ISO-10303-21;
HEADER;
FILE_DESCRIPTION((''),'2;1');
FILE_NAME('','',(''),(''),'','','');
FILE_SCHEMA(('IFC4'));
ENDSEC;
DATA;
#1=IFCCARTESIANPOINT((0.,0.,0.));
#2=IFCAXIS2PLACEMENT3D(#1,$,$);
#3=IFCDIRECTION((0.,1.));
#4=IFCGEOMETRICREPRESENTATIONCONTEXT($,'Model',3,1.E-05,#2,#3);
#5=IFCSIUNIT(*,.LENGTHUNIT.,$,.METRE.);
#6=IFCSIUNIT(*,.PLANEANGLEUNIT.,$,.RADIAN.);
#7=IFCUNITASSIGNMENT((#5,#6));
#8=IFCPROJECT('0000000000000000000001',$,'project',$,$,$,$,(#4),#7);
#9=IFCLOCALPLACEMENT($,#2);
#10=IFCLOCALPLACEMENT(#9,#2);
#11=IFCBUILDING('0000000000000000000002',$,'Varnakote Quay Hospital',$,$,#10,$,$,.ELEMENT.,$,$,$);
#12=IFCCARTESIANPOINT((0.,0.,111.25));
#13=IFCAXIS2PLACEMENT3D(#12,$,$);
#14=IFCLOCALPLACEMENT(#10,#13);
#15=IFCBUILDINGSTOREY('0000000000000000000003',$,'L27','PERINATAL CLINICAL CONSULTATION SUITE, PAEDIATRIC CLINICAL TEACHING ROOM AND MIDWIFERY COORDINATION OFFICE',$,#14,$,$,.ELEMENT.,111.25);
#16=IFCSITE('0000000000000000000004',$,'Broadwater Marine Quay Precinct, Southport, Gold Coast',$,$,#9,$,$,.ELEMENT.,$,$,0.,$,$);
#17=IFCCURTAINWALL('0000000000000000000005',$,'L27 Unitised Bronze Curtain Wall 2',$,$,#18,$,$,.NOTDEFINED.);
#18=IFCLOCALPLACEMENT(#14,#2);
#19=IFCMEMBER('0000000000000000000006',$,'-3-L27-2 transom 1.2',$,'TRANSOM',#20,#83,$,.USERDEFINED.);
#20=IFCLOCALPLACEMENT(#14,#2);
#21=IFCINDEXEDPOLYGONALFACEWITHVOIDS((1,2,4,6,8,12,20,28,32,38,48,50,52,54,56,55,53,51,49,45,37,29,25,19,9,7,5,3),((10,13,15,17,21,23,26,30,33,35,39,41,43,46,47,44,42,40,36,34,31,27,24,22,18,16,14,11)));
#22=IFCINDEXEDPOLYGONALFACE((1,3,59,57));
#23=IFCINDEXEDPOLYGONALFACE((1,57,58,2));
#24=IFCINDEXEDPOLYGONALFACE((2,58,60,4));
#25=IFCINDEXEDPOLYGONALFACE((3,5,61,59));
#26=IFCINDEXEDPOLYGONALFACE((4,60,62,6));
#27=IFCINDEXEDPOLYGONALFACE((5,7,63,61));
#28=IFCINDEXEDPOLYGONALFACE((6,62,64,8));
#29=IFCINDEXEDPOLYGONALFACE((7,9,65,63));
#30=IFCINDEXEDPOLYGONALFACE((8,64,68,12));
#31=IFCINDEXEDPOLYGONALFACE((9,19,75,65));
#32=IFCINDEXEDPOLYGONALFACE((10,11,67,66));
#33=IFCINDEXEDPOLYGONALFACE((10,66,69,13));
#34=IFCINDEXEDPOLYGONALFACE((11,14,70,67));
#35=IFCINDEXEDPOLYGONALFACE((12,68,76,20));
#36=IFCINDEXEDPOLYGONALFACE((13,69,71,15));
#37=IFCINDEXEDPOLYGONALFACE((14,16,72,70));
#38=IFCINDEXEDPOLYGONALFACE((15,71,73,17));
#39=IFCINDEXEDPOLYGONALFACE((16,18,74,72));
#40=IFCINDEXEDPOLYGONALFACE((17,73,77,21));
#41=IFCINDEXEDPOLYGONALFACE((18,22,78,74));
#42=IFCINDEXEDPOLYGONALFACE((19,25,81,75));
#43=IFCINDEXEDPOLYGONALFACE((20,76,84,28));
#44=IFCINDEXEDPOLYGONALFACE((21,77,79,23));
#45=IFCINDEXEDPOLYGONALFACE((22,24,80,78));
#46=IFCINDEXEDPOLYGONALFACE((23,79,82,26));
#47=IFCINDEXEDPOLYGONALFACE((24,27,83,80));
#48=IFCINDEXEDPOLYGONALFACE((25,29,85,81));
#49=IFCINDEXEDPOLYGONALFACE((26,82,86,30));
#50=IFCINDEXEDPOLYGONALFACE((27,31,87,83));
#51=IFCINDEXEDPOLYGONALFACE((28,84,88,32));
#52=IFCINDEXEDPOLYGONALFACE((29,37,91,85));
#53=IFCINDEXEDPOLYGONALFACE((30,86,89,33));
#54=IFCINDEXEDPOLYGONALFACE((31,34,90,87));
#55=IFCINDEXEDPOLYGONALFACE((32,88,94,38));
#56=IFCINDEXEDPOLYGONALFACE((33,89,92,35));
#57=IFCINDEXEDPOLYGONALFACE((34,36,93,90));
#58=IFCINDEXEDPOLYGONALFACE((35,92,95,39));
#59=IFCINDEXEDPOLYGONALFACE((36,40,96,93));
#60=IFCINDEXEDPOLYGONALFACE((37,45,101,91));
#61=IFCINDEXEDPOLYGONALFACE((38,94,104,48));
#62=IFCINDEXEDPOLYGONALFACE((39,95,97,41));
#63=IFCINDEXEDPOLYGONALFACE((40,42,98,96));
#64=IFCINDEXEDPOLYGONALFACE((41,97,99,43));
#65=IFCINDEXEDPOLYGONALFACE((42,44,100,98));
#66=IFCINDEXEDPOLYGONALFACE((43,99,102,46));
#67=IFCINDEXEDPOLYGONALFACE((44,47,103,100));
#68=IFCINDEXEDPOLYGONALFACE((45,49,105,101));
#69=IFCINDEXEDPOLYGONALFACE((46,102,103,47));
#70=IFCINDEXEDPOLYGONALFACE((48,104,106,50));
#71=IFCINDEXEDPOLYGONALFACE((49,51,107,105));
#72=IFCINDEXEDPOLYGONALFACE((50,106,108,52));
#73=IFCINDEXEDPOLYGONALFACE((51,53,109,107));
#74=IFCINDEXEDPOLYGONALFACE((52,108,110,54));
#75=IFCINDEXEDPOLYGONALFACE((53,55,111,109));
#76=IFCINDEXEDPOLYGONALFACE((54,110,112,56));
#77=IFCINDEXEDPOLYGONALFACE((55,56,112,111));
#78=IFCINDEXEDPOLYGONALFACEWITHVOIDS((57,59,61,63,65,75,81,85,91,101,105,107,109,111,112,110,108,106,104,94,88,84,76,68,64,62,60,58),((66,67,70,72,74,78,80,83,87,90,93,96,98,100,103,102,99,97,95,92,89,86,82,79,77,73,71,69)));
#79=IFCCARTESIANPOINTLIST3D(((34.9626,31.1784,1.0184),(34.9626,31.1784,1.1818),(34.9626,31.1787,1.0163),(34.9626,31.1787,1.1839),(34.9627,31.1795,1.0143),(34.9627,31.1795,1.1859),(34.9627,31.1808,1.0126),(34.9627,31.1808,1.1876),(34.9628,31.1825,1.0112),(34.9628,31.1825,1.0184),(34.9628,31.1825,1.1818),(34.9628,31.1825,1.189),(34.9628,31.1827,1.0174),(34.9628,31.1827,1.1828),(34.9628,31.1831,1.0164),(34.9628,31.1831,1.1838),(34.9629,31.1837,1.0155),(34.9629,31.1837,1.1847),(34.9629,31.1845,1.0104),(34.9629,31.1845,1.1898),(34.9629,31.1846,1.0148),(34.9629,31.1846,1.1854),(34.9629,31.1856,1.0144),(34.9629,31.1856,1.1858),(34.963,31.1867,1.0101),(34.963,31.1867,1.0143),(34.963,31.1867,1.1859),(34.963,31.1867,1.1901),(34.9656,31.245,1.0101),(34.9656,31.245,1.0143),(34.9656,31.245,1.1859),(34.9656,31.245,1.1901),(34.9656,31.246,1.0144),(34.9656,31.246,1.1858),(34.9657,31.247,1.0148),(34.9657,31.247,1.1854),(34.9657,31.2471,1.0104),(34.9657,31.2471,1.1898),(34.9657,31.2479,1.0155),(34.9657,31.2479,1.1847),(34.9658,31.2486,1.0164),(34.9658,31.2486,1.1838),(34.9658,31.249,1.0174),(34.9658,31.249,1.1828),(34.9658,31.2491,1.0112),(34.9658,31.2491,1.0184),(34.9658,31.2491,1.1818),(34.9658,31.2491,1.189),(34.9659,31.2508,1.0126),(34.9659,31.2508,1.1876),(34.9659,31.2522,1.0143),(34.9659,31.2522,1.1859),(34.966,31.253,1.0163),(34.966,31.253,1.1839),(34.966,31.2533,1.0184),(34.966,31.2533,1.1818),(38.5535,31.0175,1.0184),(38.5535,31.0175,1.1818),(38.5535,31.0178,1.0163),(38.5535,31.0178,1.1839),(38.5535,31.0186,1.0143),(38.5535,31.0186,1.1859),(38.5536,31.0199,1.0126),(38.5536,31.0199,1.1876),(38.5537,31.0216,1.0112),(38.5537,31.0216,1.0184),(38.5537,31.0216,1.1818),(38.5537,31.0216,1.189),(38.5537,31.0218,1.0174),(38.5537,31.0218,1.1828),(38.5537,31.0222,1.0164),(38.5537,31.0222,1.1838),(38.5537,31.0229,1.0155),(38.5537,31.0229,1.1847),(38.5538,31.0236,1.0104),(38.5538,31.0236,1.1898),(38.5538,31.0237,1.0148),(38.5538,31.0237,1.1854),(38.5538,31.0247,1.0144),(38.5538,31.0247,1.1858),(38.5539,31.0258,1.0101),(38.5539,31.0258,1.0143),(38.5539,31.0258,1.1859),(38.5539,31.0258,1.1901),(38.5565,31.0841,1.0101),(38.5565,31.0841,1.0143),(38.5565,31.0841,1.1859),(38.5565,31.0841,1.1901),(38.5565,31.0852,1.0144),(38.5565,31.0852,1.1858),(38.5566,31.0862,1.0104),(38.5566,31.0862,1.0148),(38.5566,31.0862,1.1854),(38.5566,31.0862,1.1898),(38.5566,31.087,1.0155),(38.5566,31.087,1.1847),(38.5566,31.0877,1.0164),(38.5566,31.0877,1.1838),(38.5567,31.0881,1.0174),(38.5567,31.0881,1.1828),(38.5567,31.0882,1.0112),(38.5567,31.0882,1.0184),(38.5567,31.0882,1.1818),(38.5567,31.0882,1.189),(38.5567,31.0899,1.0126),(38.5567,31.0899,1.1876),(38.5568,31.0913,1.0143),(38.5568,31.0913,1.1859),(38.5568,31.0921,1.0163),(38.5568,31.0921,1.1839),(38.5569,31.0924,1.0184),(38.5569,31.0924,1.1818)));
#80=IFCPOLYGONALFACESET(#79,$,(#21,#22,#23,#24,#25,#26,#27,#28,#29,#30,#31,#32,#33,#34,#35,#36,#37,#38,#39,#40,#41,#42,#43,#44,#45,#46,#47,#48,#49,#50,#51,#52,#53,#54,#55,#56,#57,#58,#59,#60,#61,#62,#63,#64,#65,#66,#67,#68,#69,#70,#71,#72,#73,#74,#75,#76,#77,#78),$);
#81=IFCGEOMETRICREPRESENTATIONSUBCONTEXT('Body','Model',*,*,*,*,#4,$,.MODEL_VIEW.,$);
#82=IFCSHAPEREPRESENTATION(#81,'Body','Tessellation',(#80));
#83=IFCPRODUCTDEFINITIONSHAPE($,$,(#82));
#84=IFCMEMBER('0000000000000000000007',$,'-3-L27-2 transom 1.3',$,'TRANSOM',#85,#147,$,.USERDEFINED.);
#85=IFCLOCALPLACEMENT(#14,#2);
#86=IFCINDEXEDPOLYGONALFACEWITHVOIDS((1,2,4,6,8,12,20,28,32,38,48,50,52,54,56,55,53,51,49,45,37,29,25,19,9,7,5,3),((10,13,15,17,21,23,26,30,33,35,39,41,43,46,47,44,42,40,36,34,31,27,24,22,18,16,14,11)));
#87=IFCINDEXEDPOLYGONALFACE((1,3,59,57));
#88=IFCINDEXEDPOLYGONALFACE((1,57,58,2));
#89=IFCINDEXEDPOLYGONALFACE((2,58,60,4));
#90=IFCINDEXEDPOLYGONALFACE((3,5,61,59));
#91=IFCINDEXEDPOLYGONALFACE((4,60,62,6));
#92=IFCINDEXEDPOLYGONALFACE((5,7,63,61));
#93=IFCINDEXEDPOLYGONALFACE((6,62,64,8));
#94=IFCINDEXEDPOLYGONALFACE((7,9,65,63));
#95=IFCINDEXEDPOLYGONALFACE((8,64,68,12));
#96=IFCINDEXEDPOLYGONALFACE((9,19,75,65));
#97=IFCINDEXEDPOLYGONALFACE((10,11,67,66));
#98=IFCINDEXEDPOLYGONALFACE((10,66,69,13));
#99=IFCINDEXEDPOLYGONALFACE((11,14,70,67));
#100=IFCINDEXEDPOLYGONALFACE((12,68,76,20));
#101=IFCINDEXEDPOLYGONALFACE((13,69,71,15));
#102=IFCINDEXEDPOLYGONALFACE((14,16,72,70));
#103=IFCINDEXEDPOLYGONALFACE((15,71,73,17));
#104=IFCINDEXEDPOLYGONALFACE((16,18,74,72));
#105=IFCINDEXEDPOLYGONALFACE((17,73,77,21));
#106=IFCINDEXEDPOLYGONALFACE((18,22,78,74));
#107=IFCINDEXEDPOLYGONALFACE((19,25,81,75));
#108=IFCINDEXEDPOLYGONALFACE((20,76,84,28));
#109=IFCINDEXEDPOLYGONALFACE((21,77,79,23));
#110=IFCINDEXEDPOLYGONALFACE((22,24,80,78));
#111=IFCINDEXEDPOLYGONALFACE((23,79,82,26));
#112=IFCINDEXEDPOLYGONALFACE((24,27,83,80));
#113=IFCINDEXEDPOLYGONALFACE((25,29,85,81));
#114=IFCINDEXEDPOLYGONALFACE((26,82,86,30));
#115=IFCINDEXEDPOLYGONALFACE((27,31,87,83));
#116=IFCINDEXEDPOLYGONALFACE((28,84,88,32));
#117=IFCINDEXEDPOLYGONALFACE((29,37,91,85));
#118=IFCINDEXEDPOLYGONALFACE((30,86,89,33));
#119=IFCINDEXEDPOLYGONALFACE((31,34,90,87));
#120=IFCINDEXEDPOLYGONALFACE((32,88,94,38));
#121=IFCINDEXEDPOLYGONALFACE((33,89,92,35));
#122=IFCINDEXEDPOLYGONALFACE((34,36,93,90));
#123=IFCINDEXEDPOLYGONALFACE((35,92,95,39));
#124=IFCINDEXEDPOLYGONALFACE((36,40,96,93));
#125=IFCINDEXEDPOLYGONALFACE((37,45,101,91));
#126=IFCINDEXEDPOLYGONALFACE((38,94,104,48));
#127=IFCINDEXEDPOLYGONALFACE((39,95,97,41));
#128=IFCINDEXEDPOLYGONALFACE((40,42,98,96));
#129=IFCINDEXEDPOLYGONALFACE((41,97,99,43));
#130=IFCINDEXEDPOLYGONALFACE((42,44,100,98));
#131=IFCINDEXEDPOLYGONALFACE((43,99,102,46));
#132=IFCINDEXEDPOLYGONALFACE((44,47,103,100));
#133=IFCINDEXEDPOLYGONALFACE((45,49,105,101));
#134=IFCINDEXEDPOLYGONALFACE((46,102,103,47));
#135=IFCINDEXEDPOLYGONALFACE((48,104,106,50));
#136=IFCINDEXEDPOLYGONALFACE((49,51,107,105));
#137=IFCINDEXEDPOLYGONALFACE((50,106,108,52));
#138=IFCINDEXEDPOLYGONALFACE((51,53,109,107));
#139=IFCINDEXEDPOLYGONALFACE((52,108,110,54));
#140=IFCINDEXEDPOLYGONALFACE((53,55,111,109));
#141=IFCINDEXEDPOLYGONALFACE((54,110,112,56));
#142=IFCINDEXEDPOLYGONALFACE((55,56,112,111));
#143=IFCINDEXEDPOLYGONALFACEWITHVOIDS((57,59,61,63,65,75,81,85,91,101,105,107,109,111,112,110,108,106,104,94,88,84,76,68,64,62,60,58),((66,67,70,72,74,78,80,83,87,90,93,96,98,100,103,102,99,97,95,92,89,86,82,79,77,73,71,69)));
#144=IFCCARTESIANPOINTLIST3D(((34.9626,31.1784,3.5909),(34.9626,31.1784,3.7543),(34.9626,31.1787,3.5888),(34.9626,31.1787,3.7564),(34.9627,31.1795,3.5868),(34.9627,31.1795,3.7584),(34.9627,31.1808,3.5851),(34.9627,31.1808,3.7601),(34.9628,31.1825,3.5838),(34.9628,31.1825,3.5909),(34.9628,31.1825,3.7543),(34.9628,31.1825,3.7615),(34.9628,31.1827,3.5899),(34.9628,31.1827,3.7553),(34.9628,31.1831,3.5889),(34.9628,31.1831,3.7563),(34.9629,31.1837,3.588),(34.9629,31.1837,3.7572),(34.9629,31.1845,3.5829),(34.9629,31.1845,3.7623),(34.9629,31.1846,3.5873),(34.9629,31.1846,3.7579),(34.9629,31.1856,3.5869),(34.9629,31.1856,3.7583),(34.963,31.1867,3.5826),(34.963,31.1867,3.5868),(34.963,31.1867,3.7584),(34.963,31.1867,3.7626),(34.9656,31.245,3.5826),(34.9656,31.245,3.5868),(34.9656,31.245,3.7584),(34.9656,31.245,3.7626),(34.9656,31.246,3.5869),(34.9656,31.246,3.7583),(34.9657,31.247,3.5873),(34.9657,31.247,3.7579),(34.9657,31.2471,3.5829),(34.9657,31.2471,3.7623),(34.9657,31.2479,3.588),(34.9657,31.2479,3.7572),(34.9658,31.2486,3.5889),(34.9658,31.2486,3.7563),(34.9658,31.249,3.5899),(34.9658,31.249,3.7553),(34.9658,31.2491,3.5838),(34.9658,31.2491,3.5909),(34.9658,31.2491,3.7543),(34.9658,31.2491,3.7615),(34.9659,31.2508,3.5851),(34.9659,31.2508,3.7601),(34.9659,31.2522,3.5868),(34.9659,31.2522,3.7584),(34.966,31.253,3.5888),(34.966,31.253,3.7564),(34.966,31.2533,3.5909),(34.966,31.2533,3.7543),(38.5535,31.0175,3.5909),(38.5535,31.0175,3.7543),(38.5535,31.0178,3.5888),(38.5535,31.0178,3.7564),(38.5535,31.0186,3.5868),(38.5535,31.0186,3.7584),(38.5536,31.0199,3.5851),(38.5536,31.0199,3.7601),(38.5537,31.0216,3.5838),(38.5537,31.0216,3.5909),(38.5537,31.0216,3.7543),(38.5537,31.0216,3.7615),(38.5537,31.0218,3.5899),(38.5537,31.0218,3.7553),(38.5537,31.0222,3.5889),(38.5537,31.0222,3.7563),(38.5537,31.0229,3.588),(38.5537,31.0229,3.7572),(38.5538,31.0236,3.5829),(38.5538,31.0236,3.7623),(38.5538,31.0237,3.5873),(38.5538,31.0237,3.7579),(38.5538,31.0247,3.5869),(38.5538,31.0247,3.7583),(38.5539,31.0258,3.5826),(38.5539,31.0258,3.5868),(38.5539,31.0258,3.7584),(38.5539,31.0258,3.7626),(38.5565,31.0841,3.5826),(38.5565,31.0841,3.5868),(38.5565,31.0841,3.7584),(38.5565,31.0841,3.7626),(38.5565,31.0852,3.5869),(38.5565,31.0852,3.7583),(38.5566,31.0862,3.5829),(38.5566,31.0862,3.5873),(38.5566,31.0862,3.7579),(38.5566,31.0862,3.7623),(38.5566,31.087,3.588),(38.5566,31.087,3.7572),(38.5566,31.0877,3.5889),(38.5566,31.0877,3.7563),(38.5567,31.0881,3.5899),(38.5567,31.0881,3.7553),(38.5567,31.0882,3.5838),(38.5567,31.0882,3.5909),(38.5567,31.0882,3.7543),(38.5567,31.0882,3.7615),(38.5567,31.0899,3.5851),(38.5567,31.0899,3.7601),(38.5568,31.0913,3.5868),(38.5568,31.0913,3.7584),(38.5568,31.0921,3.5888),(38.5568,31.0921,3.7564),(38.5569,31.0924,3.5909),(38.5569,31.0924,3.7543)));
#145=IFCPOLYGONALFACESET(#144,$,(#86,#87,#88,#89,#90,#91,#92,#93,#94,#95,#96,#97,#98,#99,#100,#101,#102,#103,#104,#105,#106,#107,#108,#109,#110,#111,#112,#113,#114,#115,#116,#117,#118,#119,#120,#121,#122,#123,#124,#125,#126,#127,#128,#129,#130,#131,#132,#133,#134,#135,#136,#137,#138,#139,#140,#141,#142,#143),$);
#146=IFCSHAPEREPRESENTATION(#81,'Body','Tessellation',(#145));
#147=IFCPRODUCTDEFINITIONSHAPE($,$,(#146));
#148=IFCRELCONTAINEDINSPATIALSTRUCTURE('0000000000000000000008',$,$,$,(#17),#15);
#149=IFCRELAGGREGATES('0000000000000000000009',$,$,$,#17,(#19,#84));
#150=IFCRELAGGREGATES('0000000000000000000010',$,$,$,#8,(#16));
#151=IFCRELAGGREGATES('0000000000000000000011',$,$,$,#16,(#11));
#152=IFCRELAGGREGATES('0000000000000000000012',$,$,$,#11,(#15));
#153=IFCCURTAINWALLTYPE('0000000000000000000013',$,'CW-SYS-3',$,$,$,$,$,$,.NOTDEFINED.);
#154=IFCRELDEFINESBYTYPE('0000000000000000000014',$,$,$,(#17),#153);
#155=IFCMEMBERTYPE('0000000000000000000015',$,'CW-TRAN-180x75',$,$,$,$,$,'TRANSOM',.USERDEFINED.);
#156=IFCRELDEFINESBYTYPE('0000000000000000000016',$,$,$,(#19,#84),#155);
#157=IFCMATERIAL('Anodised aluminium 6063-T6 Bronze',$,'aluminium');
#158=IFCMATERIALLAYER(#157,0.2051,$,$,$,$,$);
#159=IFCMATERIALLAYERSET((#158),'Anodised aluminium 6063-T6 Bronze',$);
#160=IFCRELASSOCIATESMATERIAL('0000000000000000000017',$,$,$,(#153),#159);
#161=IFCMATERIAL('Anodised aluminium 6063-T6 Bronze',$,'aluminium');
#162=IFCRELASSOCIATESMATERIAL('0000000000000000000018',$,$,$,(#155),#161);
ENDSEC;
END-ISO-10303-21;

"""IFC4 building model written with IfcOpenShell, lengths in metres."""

from ifc_helpers import new_model, si_unit, direction, frame, origin, origin_2d, place, context, subcontext, project, spatial, hollow_rectangle, extrude, material, layer, layer_set, material_profile, profile_set, type_object, element, aggregate, save


model = new_model("IFC4")

# Units and contexts
model_context = context("Model", 3, precision=1e-05, world=origin(), true_north=direction((0.0, 1.0)))
body_context = subcontext(model_context, "Body", "Model", "MODEL_VIEW")
ifc_project = project(units=[si_unit("LENGTHUNIT", "METRE"), si_unit("PLANEANGLEUNIT", "RADIAN")], contexts=[model_context])

# Site, building, storey
site_placement = place(None, origin())
site = spatial("IfcSite", under=ifc_project, at=site_placement, Name="Broadwater Marine Quay Precinct, Southport, Gold Coast", CompositionType="ELEMENT", RefElevation=0.0)
building_placement = place(site_placement, origin())
building = spatial("IfcBuilding", under=site, at=building_placement, Name="Varnakote Quay Hospital", CompositionType="ELEMENT")
storey_placement = place(building_placement, frame((0.0, 0.0, 111.25)))
storey = spatial("IfcBuildingStorey", under=building, at=storey_placement, Name="L27", Description="PERINATAL CLINICAL CONSULTATION SUITE, PAEDIATRIC CLINICAL TEACHING ROOM AND MIDWIFERY COORDINATION OFFICE", CompositionType="ELEMENT", Elevation=111.25)

# Shared definitions
ifc_material_1 = material(Name="Anodised aluminium 6063-T6 Bronze", Category="aluminium")
ifc_layer_1 = layer(ifc_material_1, 0.2051)
ifc_layer_set_1 = layer_set([ifc_layer_1], Name="Anodised aluminium 6063-T6 Bronze")
curtain_wall_type = type_object("IfcCurtainWallType", Name="CW-SYS-3", PredefinedType="NOTDEFINED", material=ifc_layer_set_1)

# Curtain wall, members
curtain_wall_1_placement = place(storey_placement, origin())
curtain_wall_1 = element("IfcCurtainWall", 1, at=curtain_wall_1_placement, inside=storey, type_object=curtain_wall_type, Name="L27 Unitised Bronze Curtain Wall 2", PredefinedType="NOTDEFINED")
ifc_material_2 = material(Name="Anodised aluminium 6063-T6 Bronze", Category="aluminium")
ifc_material_profile_1 = material_profile(ifc_material_2, hollow_rectangle(XDim=0.075, YDim=0.1799, WallThickness=0.0042, InnerFilletRadius=0.0042, OuterFilletRadius=0.0083, at=origin_2d()), Name="CW-TRAN-180x75")
ifc_profile_set_1 = profile_set([ifc_material_profile_1], Name="Anodised aluminium 6063-T6 Bronze")
member_type_1 = type_object("IfcMemberType", Name="CW-TRAN-180x75", ElementType="TRANSOM", PredefinedType="USERDEFINED", material=ifc_profile_set_1)
member_1_placement = place(storey_placement, frame((38.5552, 31.0549, 1.1001), z_axis=(-0.998998, 0.044761, 0.0), x_axis=(-0.044761, -0.998998, 0.0)))
member_1 = element("IfcMember", 2, at=member_1_placement, type_object=member_type_1, Name="-3-L27-2 transom 1.2", ObjectType="TRANSOM", PredefinedType="USERDEFINED", context=body_context, shape_type="SweptSolid", body=[
    extrude(hollow_rectangle(XDim=0.075, YDim=0.1799, WallThickness=0.0042, InnerFilletRadius=0.0042, OuterFilletRadius=0.0083, at=origin_2d()), origin(), (0.0, 0.0, 1.0), 3.5945),
])
member_2_placement = place(storey_placement, frame((38.5552, 31.0549, 3.6726), z_axis=(-0.998998, 0.044761, 0.0), x_axis=(-0.044761, -0.998998, 0.0)))
member_2 = element("IfcMember", 3, at=member_2_placement, type_object=member_type_1, Name="-3-L27-2 transom 1.3", ObjectType="TRANSOM", PredefinedType="USERDEFINED", context=body_context, shape_type="SweptSolid", body=[
    extrude(hollow_rectangle(XDim=0.075, YDim=0.1799, WallThickness=0.0042, InnerFilletRadius=0.0042, OuterFilletRadius=0.0083, at=origin_2d()), origin(), (0.0, 0.0, 1.0), 3.5945),
])

aggregate(curtain_wall_1, [member_1, member_2])

save(model, "model.ifc")
